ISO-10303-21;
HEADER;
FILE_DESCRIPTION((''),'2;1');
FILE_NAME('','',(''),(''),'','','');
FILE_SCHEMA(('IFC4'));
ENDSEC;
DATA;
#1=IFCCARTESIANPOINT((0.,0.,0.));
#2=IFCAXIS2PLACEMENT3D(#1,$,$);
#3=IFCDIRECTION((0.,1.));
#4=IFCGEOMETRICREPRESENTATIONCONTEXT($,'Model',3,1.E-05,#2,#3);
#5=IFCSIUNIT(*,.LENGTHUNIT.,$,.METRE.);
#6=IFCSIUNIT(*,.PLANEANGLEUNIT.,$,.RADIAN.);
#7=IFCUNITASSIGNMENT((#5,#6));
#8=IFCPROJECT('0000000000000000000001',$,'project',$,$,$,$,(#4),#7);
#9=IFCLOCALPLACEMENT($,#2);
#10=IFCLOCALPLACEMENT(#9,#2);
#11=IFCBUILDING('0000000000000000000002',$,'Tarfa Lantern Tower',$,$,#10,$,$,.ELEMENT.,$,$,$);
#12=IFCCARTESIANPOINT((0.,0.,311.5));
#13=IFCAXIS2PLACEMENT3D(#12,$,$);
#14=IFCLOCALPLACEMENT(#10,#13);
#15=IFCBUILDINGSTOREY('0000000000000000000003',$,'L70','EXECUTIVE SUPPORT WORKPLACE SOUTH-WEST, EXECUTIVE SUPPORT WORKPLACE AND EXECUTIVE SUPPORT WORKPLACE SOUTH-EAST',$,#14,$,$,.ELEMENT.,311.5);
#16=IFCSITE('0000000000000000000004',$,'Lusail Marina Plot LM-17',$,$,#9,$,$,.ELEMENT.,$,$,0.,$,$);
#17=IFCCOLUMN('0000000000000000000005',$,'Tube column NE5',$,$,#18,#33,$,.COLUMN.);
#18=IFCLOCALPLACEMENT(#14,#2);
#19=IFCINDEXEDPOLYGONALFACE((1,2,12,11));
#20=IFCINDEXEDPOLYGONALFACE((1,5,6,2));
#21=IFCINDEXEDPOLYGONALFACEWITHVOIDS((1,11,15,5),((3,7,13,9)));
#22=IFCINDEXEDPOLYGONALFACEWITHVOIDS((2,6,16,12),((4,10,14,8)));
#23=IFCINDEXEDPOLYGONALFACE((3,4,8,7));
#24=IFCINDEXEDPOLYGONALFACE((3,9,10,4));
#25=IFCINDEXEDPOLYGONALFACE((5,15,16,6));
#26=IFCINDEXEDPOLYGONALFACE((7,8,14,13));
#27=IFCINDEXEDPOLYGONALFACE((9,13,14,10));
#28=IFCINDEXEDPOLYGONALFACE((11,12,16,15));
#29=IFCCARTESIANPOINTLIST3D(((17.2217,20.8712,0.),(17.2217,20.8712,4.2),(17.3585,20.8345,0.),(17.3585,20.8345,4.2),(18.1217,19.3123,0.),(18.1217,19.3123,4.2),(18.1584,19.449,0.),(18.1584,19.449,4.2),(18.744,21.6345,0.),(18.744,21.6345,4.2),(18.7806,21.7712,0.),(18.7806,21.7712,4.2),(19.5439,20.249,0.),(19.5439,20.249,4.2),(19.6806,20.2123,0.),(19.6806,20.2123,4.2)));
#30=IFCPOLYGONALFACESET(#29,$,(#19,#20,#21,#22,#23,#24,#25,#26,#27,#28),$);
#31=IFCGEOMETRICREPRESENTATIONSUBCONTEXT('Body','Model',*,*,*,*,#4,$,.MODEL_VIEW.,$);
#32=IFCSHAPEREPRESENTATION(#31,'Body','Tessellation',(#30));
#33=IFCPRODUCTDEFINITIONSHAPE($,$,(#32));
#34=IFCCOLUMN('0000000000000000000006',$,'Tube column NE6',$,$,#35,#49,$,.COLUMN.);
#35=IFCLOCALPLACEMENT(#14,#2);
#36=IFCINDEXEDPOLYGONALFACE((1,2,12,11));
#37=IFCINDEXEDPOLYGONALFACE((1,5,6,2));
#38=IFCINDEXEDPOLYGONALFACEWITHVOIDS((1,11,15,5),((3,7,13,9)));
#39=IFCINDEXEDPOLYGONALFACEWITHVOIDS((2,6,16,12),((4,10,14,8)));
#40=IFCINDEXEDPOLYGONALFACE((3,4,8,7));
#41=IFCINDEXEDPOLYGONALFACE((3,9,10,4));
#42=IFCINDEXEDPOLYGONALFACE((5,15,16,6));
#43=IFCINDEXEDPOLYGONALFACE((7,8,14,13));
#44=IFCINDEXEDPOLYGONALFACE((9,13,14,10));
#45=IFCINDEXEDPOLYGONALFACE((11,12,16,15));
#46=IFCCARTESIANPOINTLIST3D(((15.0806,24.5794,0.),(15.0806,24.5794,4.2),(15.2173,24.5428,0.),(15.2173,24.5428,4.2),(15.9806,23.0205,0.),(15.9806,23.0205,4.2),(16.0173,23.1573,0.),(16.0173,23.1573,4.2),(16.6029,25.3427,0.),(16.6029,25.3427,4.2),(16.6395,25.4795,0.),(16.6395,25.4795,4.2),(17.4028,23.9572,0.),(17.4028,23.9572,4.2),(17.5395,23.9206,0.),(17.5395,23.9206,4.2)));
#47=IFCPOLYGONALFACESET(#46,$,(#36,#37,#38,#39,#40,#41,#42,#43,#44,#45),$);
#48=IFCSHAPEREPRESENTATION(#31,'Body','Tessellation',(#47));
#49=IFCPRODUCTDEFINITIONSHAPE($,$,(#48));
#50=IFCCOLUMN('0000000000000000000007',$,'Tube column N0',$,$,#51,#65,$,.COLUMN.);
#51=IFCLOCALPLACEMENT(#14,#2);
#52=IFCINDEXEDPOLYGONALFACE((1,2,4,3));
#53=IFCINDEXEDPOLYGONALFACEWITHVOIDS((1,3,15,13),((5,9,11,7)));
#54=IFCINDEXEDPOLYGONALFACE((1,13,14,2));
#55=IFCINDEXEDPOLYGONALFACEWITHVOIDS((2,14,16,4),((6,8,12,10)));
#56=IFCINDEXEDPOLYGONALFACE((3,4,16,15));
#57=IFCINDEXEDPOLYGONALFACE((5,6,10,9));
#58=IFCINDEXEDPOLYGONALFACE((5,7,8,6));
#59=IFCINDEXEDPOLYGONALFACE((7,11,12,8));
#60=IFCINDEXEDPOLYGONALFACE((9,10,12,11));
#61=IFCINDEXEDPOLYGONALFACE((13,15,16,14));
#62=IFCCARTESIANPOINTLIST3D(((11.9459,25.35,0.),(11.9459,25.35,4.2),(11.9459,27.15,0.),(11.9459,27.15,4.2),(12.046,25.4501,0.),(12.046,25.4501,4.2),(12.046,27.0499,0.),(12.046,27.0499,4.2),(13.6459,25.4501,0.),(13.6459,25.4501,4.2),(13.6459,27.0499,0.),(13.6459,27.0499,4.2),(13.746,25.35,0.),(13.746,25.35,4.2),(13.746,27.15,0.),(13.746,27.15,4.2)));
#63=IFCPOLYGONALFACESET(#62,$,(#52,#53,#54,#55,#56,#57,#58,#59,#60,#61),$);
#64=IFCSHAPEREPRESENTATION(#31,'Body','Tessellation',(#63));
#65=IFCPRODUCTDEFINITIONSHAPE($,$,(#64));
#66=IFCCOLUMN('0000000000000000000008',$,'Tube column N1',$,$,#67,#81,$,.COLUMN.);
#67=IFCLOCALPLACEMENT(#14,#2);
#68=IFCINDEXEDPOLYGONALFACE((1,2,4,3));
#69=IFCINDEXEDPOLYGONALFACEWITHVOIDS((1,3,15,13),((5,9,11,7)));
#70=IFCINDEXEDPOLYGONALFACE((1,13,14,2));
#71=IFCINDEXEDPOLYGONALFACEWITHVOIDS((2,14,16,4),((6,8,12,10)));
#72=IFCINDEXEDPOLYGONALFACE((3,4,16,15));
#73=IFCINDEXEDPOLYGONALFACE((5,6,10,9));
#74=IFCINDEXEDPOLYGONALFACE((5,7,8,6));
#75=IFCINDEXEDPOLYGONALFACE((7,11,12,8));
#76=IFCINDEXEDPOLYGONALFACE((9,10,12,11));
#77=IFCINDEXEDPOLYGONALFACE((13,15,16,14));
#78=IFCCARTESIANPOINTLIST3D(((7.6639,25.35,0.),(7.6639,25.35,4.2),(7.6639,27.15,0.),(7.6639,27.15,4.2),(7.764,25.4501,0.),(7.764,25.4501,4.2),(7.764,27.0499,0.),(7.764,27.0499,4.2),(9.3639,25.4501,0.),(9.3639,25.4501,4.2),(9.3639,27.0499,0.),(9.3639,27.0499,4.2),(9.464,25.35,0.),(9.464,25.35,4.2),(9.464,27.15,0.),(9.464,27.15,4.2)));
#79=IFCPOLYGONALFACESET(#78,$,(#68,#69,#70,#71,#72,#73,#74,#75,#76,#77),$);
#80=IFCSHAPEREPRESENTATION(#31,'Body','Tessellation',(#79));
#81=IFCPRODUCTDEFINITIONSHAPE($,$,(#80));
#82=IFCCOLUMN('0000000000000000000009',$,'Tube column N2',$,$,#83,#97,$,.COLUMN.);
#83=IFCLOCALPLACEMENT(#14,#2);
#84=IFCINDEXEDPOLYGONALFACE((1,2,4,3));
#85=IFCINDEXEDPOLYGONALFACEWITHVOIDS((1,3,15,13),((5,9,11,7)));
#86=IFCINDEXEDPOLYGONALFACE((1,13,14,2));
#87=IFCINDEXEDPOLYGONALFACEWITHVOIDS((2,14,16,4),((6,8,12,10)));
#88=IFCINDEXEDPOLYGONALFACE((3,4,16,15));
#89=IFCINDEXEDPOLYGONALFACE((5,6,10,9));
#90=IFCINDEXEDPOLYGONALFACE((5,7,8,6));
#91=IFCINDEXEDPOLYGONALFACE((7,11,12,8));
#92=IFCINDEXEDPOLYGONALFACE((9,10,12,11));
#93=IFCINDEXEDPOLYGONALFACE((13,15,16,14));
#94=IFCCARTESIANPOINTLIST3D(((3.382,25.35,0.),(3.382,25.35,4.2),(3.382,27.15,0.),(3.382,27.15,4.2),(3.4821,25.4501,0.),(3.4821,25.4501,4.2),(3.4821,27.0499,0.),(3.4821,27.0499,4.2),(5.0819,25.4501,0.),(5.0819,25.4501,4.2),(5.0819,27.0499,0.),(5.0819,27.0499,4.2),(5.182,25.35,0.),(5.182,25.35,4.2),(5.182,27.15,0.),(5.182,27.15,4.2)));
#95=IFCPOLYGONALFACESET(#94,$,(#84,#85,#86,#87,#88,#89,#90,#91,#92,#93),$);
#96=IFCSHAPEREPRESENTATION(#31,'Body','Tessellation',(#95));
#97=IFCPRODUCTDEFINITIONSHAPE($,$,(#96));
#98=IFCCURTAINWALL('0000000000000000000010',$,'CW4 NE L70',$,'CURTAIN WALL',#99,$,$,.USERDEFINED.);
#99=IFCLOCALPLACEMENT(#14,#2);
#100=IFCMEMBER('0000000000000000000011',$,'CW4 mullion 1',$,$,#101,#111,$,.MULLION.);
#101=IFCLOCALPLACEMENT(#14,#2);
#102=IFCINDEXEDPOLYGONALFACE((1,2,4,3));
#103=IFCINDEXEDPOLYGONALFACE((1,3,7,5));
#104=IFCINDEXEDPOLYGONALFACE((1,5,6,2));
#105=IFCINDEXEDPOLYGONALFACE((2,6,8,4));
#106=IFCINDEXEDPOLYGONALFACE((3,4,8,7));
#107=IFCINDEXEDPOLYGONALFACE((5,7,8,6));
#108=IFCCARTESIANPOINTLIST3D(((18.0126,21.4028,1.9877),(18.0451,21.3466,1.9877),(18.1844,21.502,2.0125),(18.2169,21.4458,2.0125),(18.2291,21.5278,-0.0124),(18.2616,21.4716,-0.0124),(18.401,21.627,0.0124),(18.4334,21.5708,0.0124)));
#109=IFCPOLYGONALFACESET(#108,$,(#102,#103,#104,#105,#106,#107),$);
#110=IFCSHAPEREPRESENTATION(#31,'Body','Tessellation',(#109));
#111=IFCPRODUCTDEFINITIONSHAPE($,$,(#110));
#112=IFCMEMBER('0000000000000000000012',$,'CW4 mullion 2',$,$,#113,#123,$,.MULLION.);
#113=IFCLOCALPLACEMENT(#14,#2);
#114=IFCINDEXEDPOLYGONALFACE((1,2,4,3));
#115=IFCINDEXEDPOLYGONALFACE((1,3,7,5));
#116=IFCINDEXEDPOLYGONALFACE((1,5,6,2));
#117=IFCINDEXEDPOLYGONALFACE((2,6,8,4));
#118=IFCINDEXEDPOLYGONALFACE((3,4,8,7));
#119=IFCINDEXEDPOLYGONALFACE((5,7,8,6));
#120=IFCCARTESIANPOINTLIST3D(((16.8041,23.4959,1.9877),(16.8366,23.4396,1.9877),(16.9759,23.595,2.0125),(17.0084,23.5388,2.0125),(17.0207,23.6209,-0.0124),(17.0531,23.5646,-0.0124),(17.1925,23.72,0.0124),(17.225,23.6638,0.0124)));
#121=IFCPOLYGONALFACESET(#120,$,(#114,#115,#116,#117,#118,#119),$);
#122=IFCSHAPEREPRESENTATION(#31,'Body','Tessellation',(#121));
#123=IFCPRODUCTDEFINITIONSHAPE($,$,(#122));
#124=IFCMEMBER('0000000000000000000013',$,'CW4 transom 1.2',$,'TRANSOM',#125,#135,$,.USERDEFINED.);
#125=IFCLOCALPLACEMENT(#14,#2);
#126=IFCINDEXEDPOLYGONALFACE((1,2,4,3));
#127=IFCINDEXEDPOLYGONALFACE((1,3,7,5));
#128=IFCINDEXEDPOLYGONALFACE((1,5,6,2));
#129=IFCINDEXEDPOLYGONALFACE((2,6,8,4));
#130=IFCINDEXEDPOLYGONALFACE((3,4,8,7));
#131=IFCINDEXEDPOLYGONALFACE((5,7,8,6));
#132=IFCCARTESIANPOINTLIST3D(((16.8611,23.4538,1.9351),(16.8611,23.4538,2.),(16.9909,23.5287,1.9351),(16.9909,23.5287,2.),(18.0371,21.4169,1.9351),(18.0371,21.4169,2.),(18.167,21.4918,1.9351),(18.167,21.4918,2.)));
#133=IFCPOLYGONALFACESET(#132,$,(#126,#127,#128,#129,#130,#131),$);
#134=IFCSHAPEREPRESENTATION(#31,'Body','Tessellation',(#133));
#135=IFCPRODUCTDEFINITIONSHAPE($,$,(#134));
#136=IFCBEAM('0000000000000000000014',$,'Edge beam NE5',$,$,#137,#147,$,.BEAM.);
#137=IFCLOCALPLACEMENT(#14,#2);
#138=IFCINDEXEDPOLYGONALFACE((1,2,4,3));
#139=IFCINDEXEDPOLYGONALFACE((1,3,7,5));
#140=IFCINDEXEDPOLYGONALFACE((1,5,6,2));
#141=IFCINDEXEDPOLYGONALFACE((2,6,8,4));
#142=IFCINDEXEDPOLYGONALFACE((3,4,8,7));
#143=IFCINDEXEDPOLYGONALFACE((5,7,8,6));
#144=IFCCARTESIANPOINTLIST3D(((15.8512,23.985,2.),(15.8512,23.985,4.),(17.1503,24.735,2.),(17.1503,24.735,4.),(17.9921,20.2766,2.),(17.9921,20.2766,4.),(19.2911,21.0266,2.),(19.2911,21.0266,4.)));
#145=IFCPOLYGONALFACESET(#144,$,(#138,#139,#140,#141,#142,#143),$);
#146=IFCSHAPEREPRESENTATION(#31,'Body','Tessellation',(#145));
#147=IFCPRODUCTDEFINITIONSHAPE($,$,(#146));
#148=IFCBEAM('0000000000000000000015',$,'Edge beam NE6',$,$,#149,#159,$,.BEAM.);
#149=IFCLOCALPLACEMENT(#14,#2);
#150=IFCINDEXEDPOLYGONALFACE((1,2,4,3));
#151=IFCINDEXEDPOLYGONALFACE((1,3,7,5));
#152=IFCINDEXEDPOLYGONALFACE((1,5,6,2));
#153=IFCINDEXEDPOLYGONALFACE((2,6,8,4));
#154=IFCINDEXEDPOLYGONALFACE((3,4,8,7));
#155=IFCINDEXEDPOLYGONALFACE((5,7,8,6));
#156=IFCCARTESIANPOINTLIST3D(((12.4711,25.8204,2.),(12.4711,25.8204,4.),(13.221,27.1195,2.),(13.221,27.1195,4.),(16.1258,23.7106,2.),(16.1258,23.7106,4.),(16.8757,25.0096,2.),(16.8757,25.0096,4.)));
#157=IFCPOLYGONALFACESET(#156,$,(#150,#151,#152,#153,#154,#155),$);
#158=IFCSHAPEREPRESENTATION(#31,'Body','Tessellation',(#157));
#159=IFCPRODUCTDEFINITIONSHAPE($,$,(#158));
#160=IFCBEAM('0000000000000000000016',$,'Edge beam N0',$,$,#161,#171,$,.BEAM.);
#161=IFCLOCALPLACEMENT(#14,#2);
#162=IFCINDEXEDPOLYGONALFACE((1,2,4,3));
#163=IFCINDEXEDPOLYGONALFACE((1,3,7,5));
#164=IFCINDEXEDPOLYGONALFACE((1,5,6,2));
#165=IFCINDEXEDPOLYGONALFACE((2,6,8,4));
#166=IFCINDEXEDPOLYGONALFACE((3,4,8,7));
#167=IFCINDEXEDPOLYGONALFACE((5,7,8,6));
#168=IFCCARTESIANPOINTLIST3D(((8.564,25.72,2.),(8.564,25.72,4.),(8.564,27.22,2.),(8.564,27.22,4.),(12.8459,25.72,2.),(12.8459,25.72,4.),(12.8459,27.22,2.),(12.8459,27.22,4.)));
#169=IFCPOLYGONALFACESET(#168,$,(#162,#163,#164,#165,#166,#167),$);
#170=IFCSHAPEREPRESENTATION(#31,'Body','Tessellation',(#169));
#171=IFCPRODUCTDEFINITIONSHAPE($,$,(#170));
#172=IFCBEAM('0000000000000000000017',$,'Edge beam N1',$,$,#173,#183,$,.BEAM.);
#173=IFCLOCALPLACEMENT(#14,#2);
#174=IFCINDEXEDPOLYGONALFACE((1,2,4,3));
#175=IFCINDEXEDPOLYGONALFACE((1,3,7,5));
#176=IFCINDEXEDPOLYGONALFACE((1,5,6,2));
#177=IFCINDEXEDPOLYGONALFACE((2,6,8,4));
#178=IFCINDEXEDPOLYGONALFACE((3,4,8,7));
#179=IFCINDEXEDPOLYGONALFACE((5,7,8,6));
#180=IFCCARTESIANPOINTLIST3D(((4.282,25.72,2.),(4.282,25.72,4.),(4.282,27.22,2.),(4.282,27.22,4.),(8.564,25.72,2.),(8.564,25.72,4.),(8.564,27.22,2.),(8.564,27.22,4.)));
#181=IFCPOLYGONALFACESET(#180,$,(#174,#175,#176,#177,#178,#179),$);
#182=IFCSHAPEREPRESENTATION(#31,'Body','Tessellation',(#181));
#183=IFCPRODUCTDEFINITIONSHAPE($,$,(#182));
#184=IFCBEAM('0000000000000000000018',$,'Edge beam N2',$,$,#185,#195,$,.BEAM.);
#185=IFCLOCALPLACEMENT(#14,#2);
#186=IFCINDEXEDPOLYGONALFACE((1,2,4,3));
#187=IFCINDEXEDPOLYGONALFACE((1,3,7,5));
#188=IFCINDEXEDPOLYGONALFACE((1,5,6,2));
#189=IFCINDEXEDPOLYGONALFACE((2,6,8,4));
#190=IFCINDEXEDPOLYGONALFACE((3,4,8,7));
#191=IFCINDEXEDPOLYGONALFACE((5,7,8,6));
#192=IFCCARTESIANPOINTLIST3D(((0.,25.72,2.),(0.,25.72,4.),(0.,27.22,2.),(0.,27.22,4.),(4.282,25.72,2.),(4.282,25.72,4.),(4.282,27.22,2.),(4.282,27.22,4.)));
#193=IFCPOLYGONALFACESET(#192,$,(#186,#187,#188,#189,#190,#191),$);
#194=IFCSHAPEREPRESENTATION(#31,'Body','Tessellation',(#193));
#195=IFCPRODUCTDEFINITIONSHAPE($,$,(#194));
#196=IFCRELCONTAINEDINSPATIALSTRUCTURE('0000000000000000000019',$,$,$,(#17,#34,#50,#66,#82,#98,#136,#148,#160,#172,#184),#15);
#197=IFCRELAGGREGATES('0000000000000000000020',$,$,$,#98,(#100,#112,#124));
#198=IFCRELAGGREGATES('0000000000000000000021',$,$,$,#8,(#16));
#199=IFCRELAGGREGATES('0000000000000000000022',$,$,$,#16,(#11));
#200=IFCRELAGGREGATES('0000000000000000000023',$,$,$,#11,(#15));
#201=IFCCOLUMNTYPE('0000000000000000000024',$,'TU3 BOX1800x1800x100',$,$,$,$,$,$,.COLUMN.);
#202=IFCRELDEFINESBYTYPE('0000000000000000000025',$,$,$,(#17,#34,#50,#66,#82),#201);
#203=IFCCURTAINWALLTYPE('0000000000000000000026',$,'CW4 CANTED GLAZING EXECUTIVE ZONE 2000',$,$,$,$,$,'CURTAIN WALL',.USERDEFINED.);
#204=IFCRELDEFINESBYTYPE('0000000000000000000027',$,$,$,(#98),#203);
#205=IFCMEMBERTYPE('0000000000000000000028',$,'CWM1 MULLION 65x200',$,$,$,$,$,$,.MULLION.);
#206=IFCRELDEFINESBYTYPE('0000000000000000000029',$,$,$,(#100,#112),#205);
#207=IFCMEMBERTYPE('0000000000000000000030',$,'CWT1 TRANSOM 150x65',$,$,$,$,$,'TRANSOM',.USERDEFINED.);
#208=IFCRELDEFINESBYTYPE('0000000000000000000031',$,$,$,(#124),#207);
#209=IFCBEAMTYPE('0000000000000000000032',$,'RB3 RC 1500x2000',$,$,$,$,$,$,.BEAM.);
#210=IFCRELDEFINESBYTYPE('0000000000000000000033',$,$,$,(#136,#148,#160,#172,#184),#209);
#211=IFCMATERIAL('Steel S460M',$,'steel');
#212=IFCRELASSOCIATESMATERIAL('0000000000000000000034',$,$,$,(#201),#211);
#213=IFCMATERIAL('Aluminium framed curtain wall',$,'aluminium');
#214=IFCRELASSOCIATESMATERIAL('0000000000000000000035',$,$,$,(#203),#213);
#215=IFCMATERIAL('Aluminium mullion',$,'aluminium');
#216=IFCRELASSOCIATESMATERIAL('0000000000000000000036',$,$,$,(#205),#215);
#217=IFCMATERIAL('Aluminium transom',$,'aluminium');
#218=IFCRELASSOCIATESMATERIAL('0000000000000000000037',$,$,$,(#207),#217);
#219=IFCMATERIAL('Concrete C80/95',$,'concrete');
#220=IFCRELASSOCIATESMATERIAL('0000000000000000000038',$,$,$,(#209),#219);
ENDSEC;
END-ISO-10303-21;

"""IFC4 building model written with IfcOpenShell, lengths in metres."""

from ifc_helpers import new_model, si_unit, direction, frame, origin, origin_2d, place, context, subcontext, project, spatial, rectangle, hollow_rectangle, extrude, material, material_profile, profile_set, type_object, element, aggregate, save


model = new_model("IFC4")

# Units and contexts
model_context = context("Model", 3, precision=1e-05, world=origin(), true_north=direction((0.0, 1.0)))
body_context = subcontext(model_context, "Body", "Model", "MODEL_VIEW")
ifc_project = project(units=[si_unit("LENGTHUNIT", "METRE"), si_unit("PLANEANGLEUNIT", "RADIAN")], contexts=[model_context])

# Site, building, storey
site_placement = place(None, origin())
site = spatial("IfcSite", under=ifc_project, at=site_placement, Name="Lusail Marina Plot LM-17", CompositionType="ELEMENT", RefElevation=0.0)
building_placement = place(site_placement, origin())
building = spatial("IfcBuilding", under=site, at=building_placement, Name="Tarfa Lantern Tower", CompositionType="ELEMENT")
storey_placement = place(building_placement, frame((0.0, 0.0, 311.5)))
storey = spatial("IfcBuildingStorey", under=building, at=storey_placement, Name="L70", Description="EXECUTIVE SUPPORT WORKPLACE SOUTH-WEST, EXECUTIVE SUPPORT WORKPLACE AND EXECUTIVE SUPPORT WORKPLACE SOUTH-EAST", CompositionType="ELEMENT", Elevation=311.5)

# Columns
ifc_material_1 = material(Name="Steel S460M", Category="steel")
ifc_material_profile_1 = material_profile(ifc_material_1, hollow_rectangle(XDim=1.8, YDim=1.8, WallThickness=0.1001, at=origin_2d()), Name="BOX1800x1800x100")
ifc_profile_set_1 = profile_set([ifc_material_profile_1], Name="Steel S460M")
column_type = type_object("IfcColumnType", Name="TU3 BOX1800x1800x100", PredefinedType="COLUMN", material=ifc_profile_set_1)
for number, where, z_axis, x_axis, name in (
    (1, (18.4512, 20.5417, 0.0), (0.0, 0.0, 1.0), (-0.5, 0.866025, 0.0), "Tube column NE5"),
    (2, (16.3101, 24.25, 0.0), (0.0, 0.0, 1.0), (-0.5, 0.866025, 0.0), "Tube column NE6"),
    (3, (12.8459, 26.25, 0.0), (0.0, 0.0, 1.0), (-1.0, 0.0, 0.0), "Tube column N0"),
    (4, (8.564, 26.25, 0.0), (0.0, 0.0, 1.0), (-1.0, 0.0, 0.0), "Tube column N1"),
    (5, (4.282, 26.25, 0.0), (0.0, 0.0, 1.0), (-1.0, 0.0, 0.0), "Tube column N2"),
):
    element("IfcColumn", number, at=place(storey_placement, frame(where, z_axis=z_axis, x_axis=x_axis)), inside=storey, type_object=column_type, Name=name, PredefinedType="COLUMN", context=body_context, shape_type="SweptSolid", body=[
        extrude(hollow_rectangle(XDim=1.8, YDim=1.8, WallThickness=0.1001, at=origin_2d()), origin(), (0.0, 0.0, 1.0), 4.2),
    ])

# Curtain wall, members
ifc_material_2 = material(Name="Aluminium framed curtain wall", Category="aluminium")
curtain_wall_type = type_object("IfcCurtainWallType", Name="CW4 CANTED GLAZING EXECUTIVE ZONE 2000", ElementType="CURTAIN WALL", PredefinedType="USERDEFINED", material=ifc_material_2)
curtain_wall_placement = place(storey_placement, origin())
curtain_wall = element("IfcCurtainWall", 6, at=curtain_wall_placement, inside=storey, type_object=curtain_wall_type, Name="CW4 NE L70", ObjectType="CURTAIN WALL", PredefinedType="USERDEFINED")
ifc_material_3 = material(Name="Aluminium mullion", Category="aluminium")
ifc_material_profile_2 = material_profile(ifc_material_3, rectangle(XDim=0.0649, YDim=0.2, at=origin_2d()), Name="AL MULLION 65x200")
ifc_profile_set_2 = profile_set([ifc_material_profile_2], Name="Aluminium mullion")
member_type_1 = type_object("IfcMemberType", Name="CWM1 MULLION 65x200", PredefinedType="MULLION", material=ifc_profile_set_2)
member_1_placement = place(storey_placement, frame((18.3313, 21.5493, 0.0), z_axis=(-0.10744, -0.062017, 0.992275), x_axis=(0.49992, -0.866072, 0.0)))
member_1 = element("IfcMember", 7, at=member_1_placement, type_object=member_type_1, Name="CW4 mullion 1", PredefinedType="MULLION", context=body_context, shape_type="SweptSolid", body=[
    extrude(rectangle(XDim=0.0649, YDim=0.2, at=origin_2d()), origin(), (0.0, 0.0, 1.0), 2.0156),
])
member_2_placement = place(storey_placement, frame((17.1228, 23.6423, 0.0), z_axis=(-0.10744, -0.062017, 0.992275), x_axis=(0.49992, -0.866072, 0.0)))
member_2 = element("IfcMember", 8, at=member_2_placement, type_object=member_type_1, Name="CW4 mullion 2", PredefinedType="MULLION", context=body_context, shape_type="SweptSolid", body=[
    extrude(rectangle(XDim=0.0649, YDim=0.2, at=origin_2d()), origin(), (0.0, 0.0, 1.0), 2.0156),
])
ifc_material_4 = material(Name="Aluminium transom", Category="aluminium")
ifc_material_profile_3 = material_profile(ifc_material_4, rectangle(XDim=0.1499, YDim=0.0649, at=origin_2d()), Name="AL TRANSOM 150x65")
ifc_profile_set_3 = profile_set([ifc_material_profile_3], Name="Aluminium transom")
member_type_2 = type_object("IfcMemberType", Name="CWT1 TRANSOM 150x65", ElementType="TRANSOM", PredefinedType="USERDEFINED", material=ifc_profile_set_3)
member_3_placement = place(storey_placement, frame((18.1021, 21.4543, 1.9675), z_axis=(-0.500013, 0.866018, 0.0), x_axis=(-0.866018, -0.500013, 0.0)))
member_3 = element("IfcMember", 9, at=member_3_placement, type_object=member_type_2, Name="CW4 transom 1.2", ObjectType="TRANSOM", PredefinedType="USERDEFINED", context=body_context, shape_type="SweptSolid", body=[
    extrude(rectangle(XDim=0.1499, YDim=0.0649, at=origin_2d()), origin(), (0.0, 0.0, 1.0), 2.3521),
])

# Beams
ifc_material_5 = material(Name="Concrete C80/95", Category="concrete")
ifc_material_profile_4 = material_profile(ifc_material_5, rectangle(XDim=1.5, YDim=2.0, at=origin_2d()), Name="RC 1500x2000")
ifc_profile_set_4 = profile_set([ifc_material_profile_4], Name="Concrete C80/95")
beam_type_1 = type_object("IfcBeamType", Name="RB3 RC 1500x2000", PredefinedType="BEAM", material=ifc_profile_set_4)
beam_1_placement = place(storey_placement, frame((18.6416, 20.6516, 3.0), z_axis=(-0.499959, 0.866049, 0.0), x_axis=(-0.866049, -0.499959, 0.0)))
element("IfcBeam", 10, at=beam_1_placement, inside=storey, type_object=beam_type_1, Name="Edge beam NE5", PredefinedType="BEAM", context=body_context, shape_type="SweptSolid", body=[
    extrude(rectangle(XDim=1.5, YDim=2.0, at=origin_2d()), origin(), (0.0, 0.0, 1.0), 4.282),
])
beam_2_placement = place(storey_placement, frame((16.5007, 24.3601, 3.0), z_axis=(-0.866049, 0.499959, 0.0), x_axis=(-0.499959, -0.866049, 0.0)))
element("IfcBeam", 11, at=beam_2_placement, inside=storey, type_object=beam_type_1, Name="Edge beam NE6", PredefinedType="BEAM", context=body_context, shape_type="SweptSolid", body=[
    extrude(rectangle(XDim=1.5, YDim=2.0, at=origin_2d()), origin(), (0.0, 0.0, 1.0), 4.22),
])
for number, where, z_axis, x_axis, name in (
    (12, (12.8459, 26.47, 3.0), (-1.0, 0.0, 0.0), (0.0, -1.0, 0.0), "Edge beam N0"),
    (13, (8.564, 26.47, 3.0), (-1.0, 0.0, 0.0), (0.0, -1.0, 0.0), "Edge beam N1"),
    (14, (4.282, 26.47, 3.0), (-1.0, 0.0, 0.0), (0.0, -1.0, 0.0), "Edge beam N2"),
):
    element("IfcBeam", number, at=place(storey_placement, frame(where, z_axis=z_axis, x_axis=x_axis)), inside=storey, type_object=beam_type_1, Name=name, PredefinedType="BEAM", context=body_context, shape_type="SweptSolid", body=[
        extrude(rectangle(XDim=1.5, YDim=2.0, at=origin_2d()), origin(), (0.0, 0.0, 1.0), 4.282),
    ])

aggregate(curtain_wall, [member_1, member_2, member_3])

save(model, "model.ifc")
